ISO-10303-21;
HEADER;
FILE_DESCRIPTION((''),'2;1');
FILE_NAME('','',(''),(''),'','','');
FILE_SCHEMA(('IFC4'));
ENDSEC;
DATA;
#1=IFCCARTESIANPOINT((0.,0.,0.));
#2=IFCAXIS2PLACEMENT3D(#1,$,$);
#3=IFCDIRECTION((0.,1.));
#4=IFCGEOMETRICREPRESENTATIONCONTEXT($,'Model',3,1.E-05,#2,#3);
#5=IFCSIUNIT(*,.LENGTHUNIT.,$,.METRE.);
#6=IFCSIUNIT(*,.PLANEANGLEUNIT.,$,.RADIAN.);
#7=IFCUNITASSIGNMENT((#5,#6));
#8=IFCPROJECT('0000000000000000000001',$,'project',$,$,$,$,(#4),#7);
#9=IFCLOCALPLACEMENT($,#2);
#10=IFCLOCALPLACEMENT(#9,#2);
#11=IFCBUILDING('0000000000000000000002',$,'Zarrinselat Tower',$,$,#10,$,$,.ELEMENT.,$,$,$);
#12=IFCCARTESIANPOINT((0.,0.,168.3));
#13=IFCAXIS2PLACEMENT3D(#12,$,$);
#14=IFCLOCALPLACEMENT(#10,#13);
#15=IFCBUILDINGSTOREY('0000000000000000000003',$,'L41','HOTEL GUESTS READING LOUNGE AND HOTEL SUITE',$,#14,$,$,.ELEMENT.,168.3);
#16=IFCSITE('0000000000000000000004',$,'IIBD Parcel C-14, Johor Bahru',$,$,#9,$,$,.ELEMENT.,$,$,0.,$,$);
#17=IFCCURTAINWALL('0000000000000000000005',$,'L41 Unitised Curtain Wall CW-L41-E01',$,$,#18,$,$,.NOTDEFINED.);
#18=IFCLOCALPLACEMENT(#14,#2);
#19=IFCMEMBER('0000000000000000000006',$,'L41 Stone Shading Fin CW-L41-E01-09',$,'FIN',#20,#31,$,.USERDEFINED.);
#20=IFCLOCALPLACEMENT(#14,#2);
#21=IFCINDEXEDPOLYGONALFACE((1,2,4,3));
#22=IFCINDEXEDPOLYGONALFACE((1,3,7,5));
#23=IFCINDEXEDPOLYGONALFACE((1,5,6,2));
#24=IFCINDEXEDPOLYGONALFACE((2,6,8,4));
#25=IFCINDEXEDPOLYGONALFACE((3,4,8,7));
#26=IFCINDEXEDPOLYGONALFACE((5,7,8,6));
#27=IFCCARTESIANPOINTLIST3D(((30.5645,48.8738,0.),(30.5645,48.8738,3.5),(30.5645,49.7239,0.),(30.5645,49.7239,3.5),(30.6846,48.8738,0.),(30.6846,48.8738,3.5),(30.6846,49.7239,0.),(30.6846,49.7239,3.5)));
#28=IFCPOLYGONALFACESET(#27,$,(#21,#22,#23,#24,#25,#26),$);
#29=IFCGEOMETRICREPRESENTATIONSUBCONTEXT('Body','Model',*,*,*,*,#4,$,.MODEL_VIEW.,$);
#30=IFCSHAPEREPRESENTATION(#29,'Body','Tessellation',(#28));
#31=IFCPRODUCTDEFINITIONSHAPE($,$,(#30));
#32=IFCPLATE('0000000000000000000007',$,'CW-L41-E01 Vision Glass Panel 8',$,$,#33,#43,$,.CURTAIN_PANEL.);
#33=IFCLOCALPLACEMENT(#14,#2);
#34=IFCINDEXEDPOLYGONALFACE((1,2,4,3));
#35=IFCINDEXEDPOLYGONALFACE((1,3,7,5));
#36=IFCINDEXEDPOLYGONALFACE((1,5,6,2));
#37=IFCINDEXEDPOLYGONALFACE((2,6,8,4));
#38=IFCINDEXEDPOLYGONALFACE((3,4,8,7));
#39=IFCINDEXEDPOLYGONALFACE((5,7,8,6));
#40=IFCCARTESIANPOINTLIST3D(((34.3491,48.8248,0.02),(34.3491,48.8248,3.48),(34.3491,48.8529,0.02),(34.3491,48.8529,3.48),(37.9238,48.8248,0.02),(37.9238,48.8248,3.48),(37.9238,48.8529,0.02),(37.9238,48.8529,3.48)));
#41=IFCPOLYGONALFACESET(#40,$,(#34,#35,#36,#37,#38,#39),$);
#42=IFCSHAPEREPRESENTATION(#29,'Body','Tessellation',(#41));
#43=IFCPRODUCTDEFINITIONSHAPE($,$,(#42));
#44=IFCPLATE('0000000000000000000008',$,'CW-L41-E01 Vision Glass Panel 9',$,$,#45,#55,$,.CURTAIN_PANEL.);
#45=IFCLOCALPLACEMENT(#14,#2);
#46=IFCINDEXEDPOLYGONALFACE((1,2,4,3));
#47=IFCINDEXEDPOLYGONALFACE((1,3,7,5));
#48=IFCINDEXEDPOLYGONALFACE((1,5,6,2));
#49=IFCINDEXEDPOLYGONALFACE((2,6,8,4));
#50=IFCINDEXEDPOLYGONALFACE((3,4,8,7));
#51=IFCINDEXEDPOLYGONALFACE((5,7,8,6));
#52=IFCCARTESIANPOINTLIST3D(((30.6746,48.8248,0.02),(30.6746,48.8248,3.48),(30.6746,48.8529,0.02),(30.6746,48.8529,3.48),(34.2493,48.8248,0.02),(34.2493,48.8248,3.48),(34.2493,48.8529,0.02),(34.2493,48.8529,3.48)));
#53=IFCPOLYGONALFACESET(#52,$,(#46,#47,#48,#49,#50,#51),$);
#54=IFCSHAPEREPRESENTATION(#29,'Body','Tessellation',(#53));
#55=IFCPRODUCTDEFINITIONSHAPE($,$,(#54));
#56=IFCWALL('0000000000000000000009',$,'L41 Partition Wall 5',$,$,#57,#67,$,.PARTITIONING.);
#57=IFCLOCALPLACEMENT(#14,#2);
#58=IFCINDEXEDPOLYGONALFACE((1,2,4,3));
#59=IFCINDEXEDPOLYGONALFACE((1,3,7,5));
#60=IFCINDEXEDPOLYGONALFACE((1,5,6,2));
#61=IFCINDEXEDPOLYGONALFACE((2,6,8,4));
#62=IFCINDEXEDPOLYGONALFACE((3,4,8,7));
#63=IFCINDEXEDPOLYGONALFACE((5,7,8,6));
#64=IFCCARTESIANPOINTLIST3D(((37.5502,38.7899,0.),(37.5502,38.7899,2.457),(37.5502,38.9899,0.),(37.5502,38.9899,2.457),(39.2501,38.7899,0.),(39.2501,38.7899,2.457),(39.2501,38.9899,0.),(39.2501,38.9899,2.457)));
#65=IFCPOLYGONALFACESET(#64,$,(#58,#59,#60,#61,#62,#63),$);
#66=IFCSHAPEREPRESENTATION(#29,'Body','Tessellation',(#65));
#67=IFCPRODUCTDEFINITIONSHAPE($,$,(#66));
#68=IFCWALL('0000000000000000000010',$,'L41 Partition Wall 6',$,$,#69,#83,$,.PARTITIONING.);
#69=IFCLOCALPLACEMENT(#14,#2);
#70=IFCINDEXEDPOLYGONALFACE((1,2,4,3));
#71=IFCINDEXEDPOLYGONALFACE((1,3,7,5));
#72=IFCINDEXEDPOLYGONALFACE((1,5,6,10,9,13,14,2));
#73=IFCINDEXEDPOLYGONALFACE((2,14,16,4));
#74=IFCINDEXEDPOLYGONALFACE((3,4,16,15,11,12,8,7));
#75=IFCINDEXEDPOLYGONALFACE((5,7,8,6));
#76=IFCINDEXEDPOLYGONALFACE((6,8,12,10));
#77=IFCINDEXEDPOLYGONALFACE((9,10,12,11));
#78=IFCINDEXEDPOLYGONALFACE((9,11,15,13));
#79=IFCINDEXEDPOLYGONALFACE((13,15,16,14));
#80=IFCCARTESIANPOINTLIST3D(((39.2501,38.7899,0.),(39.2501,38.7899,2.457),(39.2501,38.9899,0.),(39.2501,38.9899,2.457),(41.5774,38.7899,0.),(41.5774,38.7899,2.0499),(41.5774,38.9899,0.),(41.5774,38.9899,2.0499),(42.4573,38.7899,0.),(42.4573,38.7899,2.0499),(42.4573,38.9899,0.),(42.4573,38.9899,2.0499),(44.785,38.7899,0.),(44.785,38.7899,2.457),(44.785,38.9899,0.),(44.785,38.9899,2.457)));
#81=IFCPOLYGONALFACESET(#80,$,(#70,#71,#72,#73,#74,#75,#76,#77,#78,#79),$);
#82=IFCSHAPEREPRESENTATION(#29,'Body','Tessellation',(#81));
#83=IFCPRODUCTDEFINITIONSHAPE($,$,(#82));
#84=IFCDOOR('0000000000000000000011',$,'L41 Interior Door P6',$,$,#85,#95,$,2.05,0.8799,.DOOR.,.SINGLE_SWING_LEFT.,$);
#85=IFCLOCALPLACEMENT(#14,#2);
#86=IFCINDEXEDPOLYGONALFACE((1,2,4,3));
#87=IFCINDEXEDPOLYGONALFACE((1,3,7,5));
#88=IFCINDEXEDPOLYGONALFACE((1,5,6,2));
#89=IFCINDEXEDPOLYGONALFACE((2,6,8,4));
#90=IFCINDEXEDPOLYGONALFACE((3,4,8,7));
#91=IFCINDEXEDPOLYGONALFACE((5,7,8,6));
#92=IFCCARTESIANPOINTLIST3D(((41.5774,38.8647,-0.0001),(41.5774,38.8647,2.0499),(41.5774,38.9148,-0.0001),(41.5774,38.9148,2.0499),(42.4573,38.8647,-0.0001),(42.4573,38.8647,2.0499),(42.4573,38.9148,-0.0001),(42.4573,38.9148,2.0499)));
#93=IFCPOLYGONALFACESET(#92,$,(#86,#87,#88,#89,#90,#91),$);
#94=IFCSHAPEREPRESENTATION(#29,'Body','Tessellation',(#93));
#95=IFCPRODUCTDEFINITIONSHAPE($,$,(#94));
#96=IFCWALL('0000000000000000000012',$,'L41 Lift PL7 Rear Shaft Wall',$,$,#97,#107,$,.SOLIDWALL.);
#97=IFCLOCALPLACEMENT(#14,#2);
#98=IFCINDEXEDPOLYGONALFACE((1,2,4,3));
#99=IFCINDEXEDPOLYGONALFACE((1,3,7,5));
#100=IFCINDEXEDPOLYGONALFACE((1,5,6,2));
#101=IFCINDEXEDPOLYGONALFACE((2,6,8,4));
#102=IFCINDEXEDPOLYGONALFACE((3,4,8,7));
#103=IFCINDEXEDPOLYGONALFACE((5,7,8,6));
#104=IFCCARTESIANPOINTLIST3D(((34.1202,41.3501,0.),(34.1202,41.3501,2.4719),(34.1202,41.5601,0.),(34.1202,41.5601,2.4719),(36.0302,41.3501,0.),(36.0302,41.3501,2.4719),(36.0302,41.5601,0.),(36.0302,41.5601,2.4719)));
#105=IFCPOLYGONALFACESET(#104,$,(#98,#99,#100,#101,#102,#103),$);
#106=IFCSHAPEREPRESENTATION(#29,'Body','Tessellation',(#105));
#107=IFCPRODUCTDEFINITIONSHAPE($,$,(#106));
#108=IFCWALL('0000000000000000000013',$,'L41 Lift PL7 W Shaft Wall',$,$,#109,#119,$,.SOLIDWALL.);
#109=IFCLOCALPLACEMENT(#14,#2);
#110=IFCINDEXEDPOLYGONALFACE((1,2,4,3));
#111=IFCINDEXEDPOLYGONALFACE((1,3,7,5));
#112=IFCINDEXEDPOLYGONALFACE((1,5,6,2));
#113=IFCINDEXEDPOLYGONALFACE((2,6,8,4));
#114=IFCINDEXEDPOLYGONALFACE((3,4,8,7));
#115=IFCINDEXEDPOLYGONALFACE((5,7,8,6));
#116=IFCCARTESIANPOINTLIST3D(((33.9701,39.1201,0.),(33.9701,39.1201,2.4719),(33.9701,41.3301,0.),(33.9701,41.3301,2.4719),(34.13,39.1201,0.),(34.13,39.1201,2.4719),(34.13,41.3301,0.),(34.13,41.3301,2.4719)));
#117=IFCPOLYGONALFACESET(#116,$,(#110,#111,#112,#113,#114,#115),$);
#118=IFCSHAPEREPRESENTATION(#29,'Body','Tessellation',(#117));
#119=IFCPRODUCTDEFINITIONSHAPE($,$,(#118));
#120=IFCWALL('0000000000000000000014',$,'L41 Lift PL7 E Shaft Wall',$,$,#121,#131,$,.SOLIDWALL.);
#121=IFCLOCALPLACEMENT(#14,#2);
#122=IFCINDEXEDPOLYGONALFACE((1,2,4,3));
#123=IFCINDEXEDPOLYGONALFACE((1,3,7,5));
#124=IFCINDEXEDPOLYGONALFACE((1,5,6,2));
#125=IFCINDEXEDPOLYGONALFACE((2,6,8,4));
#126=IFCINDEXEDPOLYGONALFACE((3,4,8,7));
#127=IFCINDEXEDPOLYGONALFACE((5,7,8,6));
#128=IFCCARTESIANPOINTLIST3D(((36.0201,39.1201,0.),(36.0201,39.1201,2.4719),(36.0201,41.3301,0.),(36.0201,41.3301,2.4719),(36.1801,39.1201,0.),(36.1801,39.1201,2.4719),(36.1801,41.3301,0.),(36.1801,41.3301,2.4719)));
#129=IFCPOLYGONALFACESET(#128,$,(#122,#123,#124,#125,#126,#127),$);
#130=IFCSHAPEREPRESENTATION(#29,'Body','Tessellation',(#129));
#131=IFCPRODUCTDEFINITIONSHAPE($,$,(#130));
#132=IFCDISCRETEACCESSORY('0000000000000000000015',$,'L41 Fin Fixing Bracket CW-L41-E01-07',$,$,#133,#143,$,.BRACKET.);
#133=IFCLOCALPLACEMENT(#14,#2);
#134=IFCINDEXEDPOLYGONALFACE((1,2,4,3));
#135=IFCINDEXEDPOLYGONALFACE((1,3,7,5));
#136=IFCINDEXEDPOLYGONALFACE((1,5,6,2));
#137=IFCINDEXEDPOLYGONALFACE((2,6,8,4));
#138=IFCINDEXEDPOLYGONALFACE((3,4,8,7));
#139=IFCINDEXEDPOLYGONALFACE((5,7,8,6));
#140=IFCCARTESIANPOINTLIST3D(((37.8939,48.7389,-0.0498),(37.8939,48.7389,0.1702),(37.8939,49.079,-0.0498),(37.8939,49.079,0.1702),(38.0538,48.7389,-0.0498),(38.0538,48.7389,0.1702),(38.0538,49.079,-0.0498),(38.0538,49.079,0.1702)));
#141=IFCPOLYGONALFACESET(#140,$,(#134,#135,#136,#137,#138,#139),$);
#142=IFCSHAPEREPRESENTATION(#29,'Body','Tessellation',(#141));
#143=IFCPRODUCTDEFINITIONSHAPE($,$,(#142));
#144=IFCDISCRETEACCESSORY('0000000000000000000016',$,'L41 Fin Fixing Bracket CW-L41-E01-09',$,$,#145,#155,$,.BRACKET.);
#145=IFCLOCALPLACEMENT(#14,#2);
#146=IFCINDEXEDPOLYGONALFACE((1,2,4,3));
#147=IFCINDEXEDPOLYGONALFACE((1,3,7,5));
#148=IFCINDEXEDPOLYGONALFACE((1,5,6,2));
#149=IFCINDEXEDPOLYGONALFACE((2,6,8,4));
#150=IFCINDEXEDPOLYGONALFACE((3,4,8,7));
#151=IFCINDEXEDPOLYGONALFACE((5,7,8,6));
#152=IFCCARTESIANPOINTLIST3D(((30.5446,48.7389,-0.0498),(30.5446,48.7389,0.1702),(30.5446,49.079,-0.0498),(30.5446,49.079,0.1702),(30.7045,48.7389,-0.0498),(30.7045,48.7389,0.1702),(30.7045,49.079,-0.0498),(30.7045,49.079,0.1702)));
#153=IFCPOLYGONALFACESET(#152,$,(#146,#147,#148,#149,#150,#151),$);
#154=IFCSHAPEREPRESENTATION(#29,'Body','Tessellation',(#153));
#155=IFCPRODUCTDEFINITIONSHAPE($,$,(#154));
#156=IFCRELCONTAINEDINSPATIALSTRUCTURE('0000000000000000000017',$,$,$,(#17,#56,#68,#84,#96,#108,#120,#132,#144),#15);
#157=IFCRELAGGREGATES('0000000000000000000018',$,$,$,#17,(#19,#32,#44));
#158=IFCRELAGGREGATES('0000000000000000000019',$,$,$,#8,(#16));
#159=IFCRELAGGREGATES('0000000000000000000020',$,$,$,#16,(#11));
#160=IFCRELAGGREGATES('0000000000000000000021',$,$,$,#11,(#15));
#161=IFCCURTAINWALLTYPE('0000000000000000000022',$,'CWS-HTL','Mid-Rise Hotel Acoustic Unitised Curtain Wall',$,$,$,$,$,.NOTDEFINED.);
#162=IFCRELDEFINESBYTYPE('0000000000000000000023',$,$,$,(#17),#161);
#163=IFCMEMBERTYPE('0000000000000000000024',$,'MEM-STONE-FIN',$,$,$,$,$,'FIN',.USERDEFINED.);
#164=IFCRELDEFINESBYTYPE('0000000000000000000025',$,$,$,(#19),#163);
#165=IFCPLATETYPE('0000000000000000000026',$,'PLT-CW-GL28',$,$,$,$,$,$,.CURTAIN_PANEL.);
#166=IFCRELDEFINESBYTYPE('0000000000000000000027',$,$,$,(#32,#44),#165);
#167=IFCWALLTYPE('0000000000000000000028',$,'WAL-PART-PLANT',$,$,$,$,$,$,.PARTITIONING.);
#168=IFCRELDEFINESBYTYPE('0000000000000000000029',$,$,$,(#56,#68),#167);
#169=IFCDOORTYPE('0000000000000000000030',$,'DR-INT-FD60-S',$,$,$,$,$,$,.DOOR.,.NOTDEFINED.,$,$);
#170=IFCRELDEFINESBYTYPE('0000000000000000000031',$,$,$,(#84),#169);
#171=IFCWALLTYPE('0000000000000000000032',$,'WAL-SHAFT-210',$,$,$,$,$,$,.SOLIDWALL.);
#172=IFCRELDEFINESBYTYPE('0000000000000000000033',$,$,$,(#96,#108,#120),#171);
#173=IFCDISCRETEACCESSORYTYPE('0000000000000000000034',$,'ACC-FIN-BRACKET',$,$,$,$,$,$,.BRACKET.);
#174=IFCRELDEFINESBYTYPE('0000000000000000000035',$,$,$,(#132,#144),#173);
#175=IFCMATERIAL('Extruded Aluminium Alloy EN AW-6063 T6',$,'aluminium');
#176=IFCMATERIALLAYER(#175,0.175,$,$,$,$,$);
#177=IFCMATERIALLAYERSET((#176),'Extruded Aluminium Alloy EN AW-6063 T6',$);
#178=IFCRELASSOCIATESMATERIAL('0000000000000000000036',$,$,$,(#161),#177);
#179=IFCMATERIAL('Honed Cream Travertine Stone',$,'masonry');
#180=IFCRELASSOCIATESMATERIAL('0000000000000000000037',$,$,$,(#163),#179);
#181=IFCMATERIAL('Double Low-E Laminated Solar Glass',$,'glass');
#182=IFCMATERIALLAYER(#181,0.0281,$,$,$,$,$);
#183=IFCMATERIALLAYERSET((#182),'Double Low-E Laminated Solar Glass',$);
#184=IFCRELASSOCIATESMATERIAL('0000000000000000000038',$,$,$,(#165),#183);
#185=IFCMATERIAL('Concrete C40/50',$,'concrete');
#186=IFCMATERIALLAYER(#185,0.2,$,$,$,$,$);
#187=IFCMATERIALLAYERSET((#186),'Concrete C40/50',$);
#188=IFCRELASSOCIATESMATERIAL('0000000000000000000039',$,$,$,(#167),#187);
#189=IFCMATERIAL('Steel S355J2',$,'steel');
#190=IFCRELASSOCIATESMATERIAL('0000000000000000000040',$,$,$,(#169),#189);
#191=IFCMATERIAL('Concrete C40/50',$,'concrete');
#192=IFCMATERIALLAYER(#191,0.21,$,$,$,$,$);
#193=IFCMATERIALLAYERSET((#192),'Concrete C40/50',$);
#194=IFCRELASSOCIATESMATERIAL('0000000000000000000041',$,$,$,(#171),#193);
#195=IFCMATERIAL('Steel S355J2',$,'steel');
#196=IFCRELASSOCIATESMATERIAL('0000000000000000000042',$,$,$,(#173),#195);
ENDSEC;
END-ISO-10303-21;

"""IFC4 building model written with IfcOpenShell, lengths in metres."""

from ifc_helpers import new_model, si_unit, direction, frame, frame_2d, origin, origin_2d, place, context, subcontext, project, spatial, rectangle, extrude, material, layer, layer_set, material_profile, profile_set, type_object, element, fill, aggregate, save


model = new_model("IFC4")

# Units and contexts
model_context = context("Model", 3, precision=1e-05, world=origin(), true_north=direction((0.0, 1.0)))
body_context = subcontext(model_context, "Body", "Model", "MODEL_VIEW")
ifc_project = project(units=[si_unit("LENGTHUNIT", "METRE"), si_unit("PLANEANGLEUNIT", "RADIAN")], contexts=[model_context])

# Site, building, storey
site_placement = place(None, origin())
site = spatial("IfcSite", under=ifc_project, at=site_placement, Name="IIBD Parcel C-14, Johor Bahru", CompositionType="ELEMENT", RefElevation=0.0)
building_placement = place(site_placement, origin())
building = spatial("IfcBuilding", under=site, at=building_placement, Name="Zarrinselat Tower", CompositionType="ELEMENT")
storey_placement = place(building_placement, frame((0.0, 0.0, 168.3)))
storey = spatial("IfcBuildingStorey", under=building, at=storey_placement, Name="L41", Description="HOTEL GUESTS READING LOUNGE AND HOTEL SUITE", CompositionType="ELEMENT", Elevation=168.3)

# Curtain wall, member, plates
ifc_material_1 = material(Name="Extruded Aluminium Alloy EN AW-6063 T6", Category="aluminium")
ifc_layer_1 = layer(ifc_material_1, 0.175)
ifc_layer_set_1 = layer_set([ifc_layer_1], Name="Extruded Aluminium Alloy EN AW-6063 T6")
curtain_wall_type = type_object("IfcCurtainWallType", Name="CWS-HTL", Description="Mid-Rise Hotel Acoustic Unitised Curtain Wall", PredefinedType="NOTDEFINED", material=ifc_layer_set_1)
curtain_wall_placement = place(storey_placement, origin())
curtain_wall = element("IfcCurtainWall", 1, at=curtain_wall_placement, inside=storey, type_object=curtain_wall_type, Name="L41 Unitised Curtain Wall CW-L41-E01", PredefinedType="NOTDEFINED")
ifc_material_2 = material(Name="Honed Cream Travertine Stone", Category="masonry")
ifc_material_profile_1 = material_profile(ifc_material_2, rectangle(XDim=0.1201, YDim=0.8501, at=origin_2d()), Name="FIN 850x120")
ifc_profile_set_1 = profile_set([ifc_material_profile_1], Name="Honed Cream Travertine Stone")
member_type_1 = type_object("IfcMemberType", Name="MEM-STONE-FIN", ElementType="FIN", PredefinedType="USERDEFINED", material=ifc_profile_set_1)
member_1_placement = place(storey_placement, frame((30.6245, 49.2988, 0.0), z_axis=(0.0, 0.0, 1.0), x_axis=(1.0, 0.0, 0.0)))
member_1 = element("IfcMember", 2, at=member_1_placement, type_object=member_type_1, Name="L41 Stone Shading Fin CW-L41-E01-09", ObjectType="FIN", PredefinedType="USERDEFINED", context=body_context, shape_type="SweptSolid", body=[
    extrude(rectangle(XDim=0.1201, YDim=0.8501, at=origin_2d()), origin(), (0.0, 0.0, 1.0), 3.5),
])
ifc_material_3 = material(Name="Double Low-E Laminated Solar Glass", Category="glass")
ifc_layer_2 = layer(ifc_material_3, 0.0281)
ifc_layer_set_2 = layer_set([ifc_layer_2], Name="Double Low-E Laminated Solar Glass")
plate_type = type_object("IfcPlateType", Name="PLT-CW-GL28", PredefinedType="CURTAIN_PANEL", material=ifc_layer_set_2)
plate_1_placement = place(storey_placement, frame((36.1365, 48.8389, 0.02), z_axis=(0.0, 0.0, 1.0), x_axis=(-1.0, 0.0, 0.0)))
plate_1 = element("IfcPlate", 3, at=plate_1_placement, type_object=plate_type, Name="CW-L41-E01 Vision Glass Panel 8", PredefinedType="CURTAIN_PANEL", context=body_context, shape_type="SweptSolid", body=[
    extrude(rectangle(XDim=3.5747, YDim=0.0281, at=origin_2d()), origin(), (0.0, 0.0, 1.0), 3.46),
])
plate_2_placement = place(storey_placement, frame((32.4619, 48.8389, 0.02), z_axis=(0.0, 0.0, 1.0), x_axis=(-1.0, 0.0, 0.0)))
plate_2 = element("IfcPlate", 4, at=plate_2_placement, type_object=plate_type, Name="CW-L41-E01 Vision Glass Panel 9", PredefinedType="CURTAIN_PANEL", context=body_context, shape_type="SweptSolid", body=[
    extrude(rectangle(XDim=3.5747, YDim=0.0281, at=origin_2d()), origin(), (0.0, 0.0, 1.0), 3.46),
])
aggregate(curtain_wall, [member_1, plate_1, plate_2])

# Wall
ifc_material_4 = material(Name="Concrete C40/50", Category="concrete")
ifc_layer_3 = layer(ifc_material_4, 0.2)
ifc_layer_set_3 = layer_set([ifc_layer_3], Name="Concrete C40/50")
wall_type_1 = type_object("IfcWallType", Name="WAL-PART-PLANT", PredefinedType="PARTITIONING", material=ifc_layer_set_3)
wall_1_placement = place(storey_placement, frame((37.55, 38.8899, 0.0), z_axis=(0.0, 0.0, 1.0), x_axis=(1.0, 0.0, 0.0)))
element("IfcWall", 5, at=wall_1_placement, inside=storey, type_object=wall_type_1, Name="L41 Partition Wall 5", PredefinedType="PARTITIONING", context=body_context, shape_type="SweptSolid", body=[
    extrude(rectangle(XDim=1.7, YDim=0.2, at=frame_2d((0.8501, 0.0))), origin(), (0.0, 0.0, 1.0), 2.457),
])

# Wall, opening, door
wall_2_placement = place(storey_placement, frame((39.25, 38.8899, 0.0), z_axis=(0.0, 0.0, 1.0), x_axis=(1.0, 0.0, 0.0)))
wall_2 = element("IfcWall", 6, at=wall_2_placement, inside=storey, type_object=wall_type_1, Name="L41 Partition Wall 6", PredefinedType="PARTITIONING", context=body_context, shape_type="SweptSolid", body=[
    extrude(rectangle(XDim=5.5349, YDim=0.2, at=frame_2d((2.7676, 0.0))), origin(), (0.0, 0.0, 1.0), 2.457),
])
opening_placement = place(wall_2_placement, frame((2.3274, 0.0, 0.0)))
opening = element("IfcOpeningElement", 7, at=opening_placement, cuts=wall_2, PredefinedType="OPENING", context=body_context, shape_type="SweptSolid", body=[
    extrude(rectangle(XDim=0.8799, YDim=2.05, at=frame_2d((0.4399, 1.0249))), frame((0.0, 0.1099, 0.0), z_axis=(0.0, -1.0, 0.0), x_axis=(1.0, 0.0, 0.0)), (0.0, 0.0, 1.0), 0.22),
])
ifc_material_5 = material(Name="Steel S355J2", Category="steel")
door_type = type_object("IfcDoorType", Name="DR-INT-FD60-S", OperationType="NOTDEFINED", PredefinedType="DOOR", material=ifc_material_5)
door_placement = place(opening_placement, origin())
door = element("IfcDoor", 8, at=door_placement, inside=storey, type_object=door_type, Name="L41 Interior Door P6", OperationType="SINGLE_SWING_LEFT", OverallHeight=2.05, OverallWidth=0.8799, PredefinedType="DOOR", context=body_context, shape_type="SweptSolid", body=[
    extrude(rectangle(XDim=0.8799, YDim=2.05, at=frame_2d((0.4399, 1.0249))), frame((0.0, 0.0249, 0.0), z_axis=(0.0, -1.0, 0.0), x_axis=(1.0, 0.0, 0.0)), (0.0, 0.0, 1.0), 0.05),
])
fill(opening, door)

# Walls
ifc_material_6 = material(Name="Concrete C40/50", Category="concrete")
ifc_layer_4 = layer(ifc_material_6, 0.21)
ifc_layer_set_4 = layer_set([ifc_layer_4], Name="Concrete C40/50")
wall_type_2 = type_object("IfcWallType", Name="WAL-SHAFT-210", PredefinedType="SOLIDWALL", material=ifc_layer_set_4)
wall_3_placement = place(storey_placement, frame((34.1201, 41.4551, 0.0), z_axis=(0.0, 0.0, 1.0), x_axis=(1.0, 0.0, 0.0)))
element("IfcWall", 9, at=wall_3_placement, inside=storey, type_object=wall_type_2, Name="L41 Lift PL7 Rear Shaft Wall", PredefinedType="SOLIDWALL", context=body_context, shape_type="SweptSolid", body=[
    extrude(rectangle(XDim=1.9099, YDim=0.21, at=frame_2d((0.9551, 0.0))), origin(), (0.0, 0.0, 1.0), 2.4719),
])
for number, where, z_axis, x_axis, name in (
    (10, (34.05, 39.1201, 0.0), (0.0, 0.0, 1.0), (0.0, 1.0, 0.0), "L41 Lift PL7 W Shaft Wall"),
    (11, (36.1001, 39.1201, 0.0), (0.0, 0.0, 1.0), (0.0, 1.0, 0.0), "L41 Lift PL7 E Shaft Wall"),
):
    element("IfcWall", number, at=place(storey_placement, frame(where, z_axis=z_axis, x_axis=x_axis)), inside=storey, type_object=wall_type_2, Name=name, PredefinedType="SOLIDWALL", context=body_context, shape_type="SweptSolid", body=[
        extrude(rectangle(XDim=2.21, YDim=0.1599, at=frame_2d((1.105, 0.0))), origin(), (0.0, 0.0, 1.0), 2.4719),
    ])

# Discrete accessories
ifc_material_7 = material(Name="Steel S355J2", Category="steel")
discrete_accessory_type = type_object("IfcDiscreteAccessoryType", Name="ACC-FIN-BRACKET", PredefinedType="BRACKET", material=ifc_material_7)
for number, where, z_axis, x_axis, name in (
    (12, (37.9739, 48.9089, -0.0498), (0.0, 0.0, 1.0), (0.0, 1.0, 0.0), "L41 Fin Fixing Bracket CW-L41-E01-07"),
    (13, (30.6245, 48.9089, -0.0498), (0.0, 0.0, 1.0), (0.0, 1.0, 0.0), "L41 Fin Fixing Bracket CW-L41-E01-09"),
):
    element("IfcDiscreteAccessory", number, at=place(storey_placement, frame(where, z_axis=z_axis, x_axis=x_axis)), inside=storey, type_object=discrete_accessory_type, Name=name, PredefinedType="BRACKET", context=body_context, shape_type="SweptSolid", body=[
        extrude(rectangle(XDim=0.3401, YDim=0.1599, at=origin_2d()), origin(), (0.0, 0.0, 1.0), 0.22),
    ])

save(model, "model.ifc")
